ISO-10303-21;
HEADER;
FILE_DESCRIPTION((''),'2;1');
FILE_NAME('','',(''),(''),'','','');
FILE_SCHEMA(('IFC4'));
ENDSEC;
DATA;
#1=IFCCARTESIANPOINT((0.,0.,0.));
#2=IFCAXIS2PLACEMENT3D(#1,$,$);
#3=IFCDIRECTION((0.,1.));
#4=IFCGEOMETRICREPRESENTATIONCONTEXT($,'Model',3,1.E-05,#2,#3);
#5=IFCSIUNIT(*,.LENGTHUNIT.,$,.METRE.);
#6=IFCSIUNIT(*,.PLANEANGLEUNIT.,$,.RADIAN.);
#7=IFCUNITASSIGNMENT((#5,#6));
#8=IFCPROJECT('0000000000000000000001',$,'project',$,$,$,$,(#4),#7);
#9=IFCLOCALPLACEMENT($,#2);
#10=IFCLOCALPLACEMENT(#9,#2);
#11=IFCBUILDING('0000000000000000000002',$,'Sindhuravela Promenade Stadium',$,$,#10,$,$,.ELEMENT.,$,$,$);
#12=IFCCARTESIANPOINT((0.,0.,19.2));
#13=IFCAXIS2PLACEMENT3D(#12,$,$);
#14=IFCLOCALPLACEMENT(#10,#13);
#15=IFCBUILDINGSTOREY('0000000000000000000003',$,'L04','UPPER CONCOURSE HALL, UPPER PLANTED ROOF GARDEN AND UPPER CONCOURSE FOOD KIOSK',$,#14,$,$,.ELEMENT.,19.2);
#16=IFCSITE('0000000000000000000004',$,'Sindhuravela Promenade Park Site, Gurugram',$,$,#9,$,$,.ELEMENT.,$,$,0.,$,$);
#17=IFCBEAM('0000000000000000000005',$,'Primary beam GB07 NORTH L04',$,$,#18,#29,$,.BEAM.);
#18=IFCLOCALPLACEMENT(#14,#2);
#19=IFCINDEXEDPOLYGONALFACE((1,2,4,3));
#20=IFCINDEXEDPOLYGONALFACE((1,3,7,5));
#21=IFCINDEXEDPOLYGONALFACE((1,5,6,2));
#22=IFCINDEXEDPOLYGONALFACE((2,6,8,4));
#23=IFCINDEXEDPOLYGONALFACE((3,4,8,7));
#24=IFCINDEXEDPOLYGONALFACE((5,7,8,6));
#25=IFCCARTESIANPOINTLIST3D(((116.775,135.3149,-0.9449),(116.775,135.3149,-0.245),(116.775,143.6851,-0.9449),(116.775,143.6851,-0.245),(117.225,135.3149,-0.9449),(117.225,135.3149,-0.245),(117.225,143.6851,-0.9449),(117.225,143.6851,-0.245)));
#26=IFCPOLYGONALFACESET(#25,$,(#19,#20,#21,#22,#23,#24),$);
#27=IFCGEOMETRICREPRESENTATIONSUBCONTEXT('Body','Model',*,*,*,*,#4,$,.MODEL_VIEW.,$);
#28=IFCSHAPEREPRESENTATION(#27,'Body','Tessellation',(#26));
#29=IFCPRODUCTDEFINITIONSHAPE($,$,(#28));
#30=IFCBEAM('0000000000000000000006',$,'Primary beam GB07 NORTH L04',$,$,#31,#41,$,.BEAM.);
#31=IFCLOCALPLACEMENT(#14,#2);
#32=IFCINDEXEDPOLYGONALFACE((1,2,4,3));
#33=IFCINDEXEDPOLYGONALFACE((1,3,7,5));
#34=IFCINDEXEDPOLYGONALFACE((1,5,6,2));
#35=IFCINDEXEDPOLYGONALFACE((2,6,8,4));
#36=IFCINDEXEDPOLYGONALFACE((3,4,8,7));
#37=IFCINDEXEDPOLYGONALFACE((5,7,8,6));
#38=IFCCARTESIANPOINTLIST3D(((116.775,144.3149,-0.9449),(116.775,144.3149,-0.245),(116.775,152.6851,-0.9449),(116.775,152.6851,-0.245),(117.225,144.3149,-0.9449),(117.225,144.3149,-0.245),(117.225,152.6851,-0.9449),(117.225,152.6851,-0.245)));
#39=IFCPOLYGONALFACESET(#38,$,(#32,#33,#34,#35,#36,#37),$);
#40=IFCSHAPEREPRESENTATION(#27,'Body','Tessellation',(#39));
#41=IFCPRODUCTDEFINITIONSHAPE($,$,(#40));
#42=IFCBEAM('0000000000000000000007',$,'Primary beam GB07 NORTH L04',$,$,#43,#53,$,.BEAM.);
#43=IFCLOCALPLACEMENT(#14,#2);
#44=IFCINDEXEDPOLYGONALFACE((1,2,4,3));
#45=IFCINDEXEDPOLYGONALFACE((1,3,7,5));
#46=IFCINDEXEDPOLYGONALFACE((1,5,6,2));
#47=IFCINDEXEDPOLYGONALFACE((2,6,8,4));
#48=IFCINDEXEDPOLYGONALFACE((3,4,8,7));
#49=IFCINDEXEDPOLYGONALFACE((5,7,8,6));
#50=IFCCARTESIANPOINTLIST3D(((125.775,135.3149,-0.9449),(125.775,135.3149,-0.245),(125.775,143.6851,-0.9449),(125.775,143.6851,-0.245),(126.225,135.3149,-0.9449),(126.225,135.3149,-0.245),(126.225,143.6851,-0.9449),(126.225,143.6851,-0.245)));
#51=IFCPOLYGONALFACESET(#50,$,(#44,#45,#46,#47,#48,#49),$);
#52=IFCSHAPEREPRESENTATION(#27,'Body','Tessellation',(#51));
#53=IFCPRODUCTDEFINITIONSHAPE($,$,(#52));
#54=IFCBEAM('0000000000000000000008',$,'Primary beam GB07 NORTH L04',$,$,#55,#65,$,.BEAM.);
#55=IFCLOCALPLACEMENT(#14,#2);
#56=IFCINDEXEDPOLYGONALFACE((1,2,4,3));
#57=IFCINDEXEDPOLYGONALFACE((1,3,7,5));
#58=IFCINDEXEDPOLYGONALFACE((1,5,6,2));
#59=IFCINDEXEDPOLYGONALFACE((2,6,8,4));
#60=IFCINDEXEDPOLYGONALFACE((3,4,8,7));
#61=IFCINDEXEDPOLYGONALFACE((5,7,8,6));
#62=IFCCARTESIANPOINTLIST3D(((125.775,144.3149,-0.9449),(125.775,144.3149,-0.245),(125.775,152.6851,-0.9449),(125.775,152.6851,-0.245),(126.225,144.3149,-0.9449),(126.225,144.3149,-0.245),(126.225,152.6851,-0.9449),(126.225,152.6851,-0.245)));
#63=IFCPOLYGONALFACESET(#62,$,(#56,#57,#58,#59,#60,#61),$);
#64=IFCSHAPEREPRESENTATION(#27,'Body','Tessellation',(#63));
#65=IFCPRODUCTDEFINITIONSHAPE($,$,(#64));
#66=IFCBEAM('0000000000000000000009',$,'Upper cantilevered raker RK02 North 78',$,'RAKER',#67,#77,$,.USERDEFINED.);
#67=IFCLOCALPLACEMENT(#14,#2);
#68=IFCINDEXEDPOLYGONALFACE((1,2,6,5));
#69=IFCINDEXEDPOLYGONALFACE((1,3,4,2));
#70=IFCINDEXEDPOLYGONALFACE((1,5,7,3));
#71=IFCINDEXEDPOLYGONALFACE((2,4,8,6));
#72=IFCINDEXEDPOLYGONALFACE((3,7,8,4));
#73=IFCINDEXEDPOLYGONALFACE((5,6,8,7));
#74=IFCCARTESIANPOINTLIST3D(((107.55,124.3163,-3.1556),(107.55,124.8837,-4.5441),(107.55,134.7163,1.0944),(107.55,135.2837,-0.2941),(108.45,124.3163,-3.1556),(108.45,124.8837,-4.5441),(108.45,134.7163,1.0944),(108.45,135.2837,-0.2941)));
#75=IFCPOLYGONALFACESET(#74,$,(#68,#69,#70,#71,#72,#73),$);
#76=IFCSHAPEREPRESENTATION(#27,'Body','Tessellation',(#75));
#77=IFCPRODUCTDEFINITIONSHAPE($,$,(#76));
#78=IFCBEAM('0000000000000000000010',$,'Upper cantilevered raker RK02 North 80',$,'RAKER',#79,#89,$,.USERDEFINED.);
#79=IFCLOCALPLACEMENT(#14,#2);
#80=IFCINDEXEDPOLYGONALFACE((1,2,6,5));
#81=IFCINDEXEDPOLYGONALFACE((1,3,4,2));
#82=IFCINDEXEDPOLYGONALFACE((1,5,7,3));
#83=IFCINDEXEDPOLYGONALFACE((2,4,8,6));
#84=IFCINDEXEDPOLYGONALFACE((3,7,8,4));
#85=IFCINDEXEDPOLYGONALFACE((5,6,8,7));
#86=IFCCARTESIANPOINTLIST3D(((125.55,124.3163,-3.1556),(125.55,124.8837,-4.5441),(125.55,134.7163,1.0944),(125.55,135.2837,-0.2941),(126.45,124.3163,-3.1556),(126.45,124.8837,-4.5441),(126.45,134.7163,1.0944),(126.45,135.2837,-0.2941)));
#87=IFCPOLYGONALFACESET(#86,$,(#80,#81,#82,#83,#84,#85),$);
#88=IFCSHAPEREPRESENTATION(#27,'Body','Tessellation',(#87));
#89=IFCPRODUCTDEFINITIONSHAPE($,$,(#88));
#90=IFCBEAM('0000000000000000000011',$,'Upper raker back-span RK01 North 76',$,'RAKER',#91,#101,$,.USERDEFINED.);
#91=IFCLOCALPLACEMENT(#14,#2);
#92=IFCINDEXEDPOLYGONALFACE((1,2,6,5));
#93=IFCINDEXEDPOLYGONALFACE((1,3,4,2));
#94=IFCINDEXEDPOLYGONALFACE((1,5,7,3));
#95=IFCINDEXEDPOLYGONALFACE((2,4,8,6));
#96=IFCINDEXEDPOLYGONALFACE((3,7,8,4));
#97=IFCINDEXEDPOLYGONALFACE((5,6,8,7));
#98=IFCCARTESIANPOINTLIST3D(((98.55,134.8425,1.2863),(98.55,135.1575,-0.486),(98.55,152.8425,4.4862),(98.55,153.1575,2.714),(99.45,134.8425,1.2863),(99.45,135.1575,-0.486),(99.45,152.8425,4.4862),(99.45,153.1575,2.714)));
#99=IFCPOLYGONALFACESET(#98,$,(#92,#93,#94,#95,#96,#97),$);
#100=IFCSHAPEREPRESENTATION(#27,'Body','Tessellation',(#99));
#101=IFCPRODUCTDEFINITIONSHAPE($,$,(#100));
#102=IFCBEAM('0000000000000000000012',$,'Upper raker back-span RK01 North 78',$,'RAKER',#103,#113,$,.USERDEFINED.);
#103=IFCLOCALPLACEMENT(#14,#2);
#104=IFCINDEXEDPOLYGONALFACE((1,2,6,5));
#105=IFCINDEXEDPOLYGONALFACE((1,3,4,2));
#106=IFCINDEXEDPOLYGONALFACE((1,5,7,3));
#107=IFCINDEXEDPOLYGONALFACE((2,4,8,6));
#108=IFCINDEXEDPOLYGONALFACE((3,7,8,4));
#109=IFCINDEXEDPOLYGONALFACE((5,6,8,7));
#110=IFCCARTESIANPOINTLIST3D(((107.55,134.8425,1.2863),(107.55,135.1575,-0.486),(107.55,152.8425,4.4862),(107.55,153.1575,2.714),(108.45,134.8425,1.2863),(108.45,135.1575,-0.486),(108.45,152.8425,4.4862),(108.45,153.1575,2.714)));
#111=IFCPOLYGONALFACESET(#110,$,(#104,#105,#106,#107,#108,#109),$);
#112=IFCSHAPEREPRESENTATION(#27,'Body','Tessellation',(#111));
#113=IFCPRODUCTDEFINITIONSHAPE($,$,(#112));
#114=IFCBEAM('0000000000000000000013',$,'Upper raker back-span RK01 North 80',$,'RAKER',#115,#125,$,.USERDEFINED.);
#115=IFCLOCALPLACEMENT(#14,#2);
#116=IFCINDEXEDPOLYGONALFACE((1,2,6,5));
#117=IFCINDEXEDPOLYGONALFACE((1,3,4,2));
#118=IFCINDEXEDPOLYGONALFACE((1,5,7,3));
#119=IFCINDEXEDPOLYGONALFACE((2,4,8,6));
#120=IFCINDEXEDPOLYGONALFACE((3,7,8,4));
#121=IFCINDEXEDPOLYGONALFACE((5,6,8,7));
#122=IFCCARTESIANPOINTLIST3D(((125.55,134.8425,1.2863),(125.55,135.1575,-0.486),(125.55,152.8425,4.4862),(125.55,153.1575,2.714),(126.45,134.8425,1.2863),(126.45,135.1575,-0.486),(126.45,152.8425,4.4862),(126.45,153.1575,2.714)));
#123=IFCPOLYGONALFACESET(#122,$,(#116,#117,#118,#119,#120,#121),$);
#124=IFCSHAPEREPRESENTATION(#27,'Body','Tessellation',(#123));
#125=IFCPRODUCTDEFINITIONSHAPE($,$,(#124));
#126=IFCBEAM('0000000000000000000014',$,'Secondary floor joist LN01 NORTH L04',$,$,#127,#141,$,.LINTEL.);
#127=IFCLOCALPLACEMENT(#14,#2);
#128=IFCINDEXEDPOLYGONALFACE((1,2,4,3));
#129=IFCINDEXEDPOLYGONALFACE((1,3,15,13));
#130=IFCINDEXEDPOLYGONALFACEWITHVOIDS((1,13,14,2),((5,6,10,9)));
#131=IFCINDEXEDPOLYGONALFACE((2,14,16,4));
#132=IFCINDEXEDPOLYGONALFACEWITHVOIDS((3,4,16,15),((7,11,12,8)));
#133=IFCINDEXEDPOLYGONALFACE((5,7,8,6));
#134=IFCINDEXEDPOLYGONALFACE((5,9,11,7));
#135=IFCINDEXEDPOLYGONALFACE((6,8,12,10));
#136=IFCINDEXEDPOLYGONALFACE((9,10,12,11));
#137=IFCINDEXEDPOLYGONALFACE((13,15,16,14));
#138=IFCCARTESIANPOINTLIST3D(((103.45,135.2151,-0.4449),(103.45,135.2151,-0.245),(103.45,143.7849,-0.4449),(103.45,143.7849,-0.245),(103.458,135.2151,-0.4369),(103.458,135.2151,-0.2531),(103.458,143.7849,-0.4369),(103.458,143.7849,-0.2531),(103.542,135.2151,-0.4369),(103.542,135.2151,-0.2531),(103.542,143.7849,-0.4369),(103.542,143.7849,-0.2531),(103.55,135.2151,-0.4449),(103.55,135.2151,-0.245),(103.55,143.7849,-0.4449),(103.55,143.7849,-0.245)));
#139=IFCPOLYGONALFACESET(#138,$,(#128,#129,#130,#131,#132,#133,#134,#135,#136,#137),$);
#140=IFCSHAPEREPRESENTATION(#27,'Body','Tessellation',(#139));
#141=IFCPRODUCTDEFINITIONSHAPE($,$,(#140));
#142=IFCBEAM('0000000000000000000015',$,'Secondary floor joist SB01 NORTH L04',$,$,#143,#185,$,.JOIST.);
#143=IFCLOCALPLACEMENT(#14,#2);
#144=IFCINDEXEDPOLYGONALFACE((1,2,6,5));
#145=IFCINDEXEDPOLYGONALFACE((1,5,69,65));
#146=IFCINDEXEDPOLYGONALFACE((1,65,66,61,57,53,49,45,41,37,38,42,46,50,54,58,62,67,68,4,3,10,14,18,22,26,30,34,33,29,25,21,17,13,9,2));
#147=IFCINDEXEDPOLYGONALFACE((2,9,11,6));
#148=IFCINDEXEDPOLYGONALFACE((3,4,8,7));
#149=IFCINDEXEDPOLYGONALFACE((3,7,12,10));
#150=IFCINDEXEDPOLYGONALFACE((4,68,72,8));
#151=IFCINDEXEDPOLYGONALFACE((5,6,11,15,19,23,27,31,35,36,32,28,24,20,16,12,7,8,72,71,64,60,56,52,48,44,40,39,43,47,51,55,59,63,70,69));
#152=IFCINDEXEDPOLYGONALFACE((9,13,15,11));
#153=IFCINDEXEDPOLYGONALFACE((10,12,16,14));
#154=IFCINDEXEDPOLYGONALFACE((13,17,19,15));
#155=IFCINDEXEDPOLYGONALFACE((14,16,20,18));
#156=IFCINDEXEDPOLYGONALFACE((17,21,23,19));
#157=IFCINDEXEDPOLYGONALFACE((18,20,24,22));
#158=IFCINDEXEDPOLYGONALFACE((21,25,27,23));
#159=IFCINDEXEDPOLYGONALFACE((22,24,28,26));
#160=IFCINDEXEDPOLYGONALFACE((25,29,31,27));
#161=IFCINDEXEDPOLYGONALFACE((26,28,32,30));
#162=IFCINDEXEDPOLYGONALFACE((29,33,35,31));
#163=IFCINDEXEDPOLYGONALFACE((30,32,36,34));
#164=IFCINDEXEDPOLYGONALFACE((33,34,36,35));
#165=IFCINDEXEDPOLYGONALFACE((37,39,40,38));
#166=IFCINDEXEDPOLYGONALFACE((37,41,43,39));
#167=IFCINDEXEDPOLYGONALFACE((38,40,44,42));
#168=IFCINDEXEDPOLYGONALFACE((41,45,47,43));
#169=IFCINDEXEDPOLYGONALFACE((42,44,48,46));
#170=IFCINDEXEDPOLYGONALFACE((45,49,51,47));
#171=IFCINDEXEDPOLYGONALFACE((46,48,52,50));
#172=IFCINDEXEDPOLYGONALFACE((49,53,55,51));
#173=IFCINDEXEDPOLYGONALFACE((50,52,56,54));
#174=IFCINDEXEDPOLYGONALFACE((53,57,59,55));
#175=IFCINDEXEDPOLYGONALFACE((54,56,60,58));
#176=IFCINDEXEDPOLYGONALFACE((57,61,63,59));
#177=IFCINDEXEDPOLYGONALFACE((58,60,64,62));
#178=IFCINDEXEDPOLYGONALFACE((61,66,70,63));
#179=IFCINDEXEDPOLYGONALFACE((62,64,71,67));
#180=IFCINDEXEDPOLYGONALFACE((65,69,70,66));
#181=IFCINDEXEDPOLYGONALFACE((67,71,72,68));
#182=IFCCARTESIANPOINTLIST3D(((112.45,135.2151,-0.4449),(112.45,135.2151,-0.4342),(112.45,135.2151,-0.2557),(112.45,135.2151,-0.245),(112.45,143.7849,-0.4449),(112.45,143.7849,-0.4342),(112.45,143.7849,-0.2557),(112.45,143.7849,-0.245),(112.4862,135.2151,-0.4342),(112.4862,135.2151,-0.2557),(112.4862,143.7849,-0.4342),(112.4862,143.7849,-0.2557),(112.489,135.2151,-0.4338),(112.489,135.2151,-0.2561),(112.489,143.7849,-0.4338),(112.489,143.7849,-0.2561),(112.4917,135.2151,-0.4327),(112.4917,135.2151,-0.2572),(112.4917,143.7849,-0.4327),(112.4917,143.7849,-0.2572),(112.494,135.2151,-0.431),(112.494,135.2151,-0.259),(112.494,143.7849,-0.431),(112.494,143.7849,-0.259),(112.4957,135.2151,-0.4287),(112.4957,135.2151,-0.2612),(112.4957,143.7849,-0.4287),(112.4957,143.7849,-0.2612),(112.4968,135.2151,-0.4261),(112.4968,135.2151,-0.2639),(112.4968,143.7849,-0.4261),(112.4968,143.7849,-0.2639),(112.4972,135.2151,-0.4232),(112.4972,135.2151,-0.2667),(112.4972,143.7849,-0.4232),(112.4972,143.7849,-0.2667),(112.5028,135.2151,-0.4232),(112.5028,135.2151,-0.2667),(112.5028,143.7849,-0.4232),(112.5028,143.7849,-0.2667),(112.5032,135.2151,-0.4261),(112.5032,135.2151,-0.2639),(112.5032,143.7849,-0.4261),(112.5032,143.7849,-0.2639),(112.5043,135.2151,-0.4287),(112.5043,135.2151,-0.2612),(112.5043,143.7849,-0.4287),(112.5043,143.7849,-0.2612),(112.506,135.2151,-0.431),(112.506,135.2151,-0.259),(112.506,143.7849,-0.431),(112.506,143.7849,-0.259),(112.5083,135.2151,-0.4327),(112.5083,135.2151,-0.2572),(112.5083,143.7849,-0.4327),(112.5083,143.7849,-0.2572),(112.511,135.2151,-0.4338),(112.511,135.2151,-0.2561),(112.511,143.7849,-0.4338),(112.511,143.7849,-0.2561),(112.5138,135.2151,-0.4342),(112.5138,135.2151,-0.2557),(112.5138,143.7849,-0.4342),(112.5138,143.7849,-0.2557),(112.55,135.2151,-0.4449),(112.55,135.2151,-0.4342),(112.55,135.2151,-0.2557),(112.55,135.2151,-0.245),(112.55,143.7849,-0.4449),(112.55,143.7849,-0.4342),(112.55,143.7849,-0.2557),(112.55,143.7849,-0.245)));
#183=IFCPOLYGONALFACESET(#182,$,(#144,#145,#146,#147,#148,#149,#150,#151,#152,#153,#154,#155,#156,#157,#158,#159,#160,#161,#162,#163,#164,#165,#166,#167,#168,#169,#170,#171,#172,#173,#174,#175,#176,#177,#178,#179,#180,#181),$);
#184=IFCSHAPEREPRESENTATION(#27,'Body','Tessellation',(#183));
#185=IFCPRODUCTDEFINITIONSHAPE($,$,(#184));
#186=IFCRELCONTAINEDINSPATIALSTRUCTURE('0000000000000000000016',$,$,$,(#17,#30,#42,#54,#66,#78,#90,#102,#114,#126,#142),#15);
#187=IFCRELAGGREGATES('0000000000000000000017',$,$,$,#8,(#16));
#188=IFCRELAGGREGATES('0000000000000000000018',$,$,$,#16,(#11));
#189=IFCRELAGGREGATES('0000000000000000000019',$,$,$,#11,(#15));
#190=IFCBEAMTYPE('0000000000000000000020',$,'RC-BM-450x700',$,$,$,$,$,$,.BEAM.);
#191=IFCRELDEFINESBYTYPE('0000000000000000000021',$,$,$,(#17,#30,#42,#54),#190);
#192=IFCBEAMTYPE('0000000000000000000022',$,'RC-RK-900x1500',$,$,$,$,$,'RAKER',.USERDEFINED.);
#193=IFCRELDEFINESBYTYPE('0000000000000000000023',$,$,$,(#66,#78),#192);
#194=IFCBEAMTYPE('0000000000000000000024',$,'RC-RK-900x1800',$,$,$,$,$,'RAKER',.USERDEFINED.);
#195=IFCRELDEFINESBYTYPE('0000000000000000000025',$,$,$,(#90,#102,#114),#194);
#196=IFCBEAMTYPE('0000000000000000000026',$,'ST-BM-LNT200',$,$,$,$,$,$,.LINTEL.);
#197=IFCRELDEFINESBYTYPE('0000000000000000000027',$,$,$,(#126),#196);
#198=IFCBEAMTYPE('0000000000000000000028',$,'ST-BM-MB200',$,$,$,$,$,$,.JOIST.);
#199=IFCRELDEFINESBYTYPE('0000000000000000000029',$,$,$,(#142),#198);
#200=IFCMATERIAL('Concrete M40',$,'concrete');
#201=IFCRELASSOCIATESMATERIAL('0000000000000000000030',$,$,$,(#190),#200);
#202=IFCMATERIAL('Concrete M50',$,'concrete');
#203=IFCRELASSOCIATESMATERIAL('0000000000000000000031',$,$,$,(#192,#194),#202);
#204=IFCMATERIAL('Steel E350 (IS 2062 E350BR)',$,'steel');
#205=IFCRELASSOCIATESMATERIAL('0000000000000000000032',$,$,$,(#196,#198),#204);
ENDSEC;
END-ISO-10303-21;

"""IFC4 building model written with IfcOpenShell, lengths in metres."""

from ifc_helpers import new_model, si_unit, direction, frame, origin, origin_2d, place, context, subcontext, project, spatial, rectangle, hollow_rectangle, i_section, extrude, material, material_profile, profile_set, type_object, element, save


model = new_model("IFC4")

# Units and contexts
model_context = context("Model", 3, precision=1e-05, world=origin(), true_north=direction((0.0, 1.0)))
body_context = subcontext(model_context, "Body", "Model", "MODEL_VIEW")
ifc_project = project(units=[si_unit("LENGTHUNIT", "METRE"), si_unit("PLANEANGLEUNIT", "RADIAN")], contexts=[model_context])

# Site, building, storey
site_placement = place(None, origin())
site = spatial("IfcSite", under=ifc_project, at=site_placement, Name="Sindhuravela Promenade Park Site, Gurugram", CompositionType="ELEMENT", RefElevation=0.0)
building_placement = place(site_placement, origin())
building = spatial("IfcBuilding", under=site, at=building_placement, Name="Sindhuravela Promenade Stadium", CompositionType="ELEMENT")
storey_placement = place(building_placement, frame((0.0, 0.0, 19.2)))
storey = spatial("IfcBuildingStorey", under=building, at=storey_placement, Name="L04", Description="UPPER CONCOURSE HALL, UPPER PLANTED ROOF GARDEN AND UPPER CONCOURSE FOOD KIOSK", CompositionType="ELEMENT", Elevation=19.2)

# Shared definitions
ifc_material_1 = material(Name="Steel E350 (IS 2062 E350BR)", Category="steel")

# Beams
ifc_material_2 = material(Name="Concrete M40", Category="concrete")
ifc_material_profile_1 = material_profile(ifc_material_2, rectangle(XDim=0.45, YDim=0.7, at=origin_2d()), Name="RC 450x700")
ifc_profile_set_1 = profile_set([ifc_material_profile_1], Name="Concrete M40")
beam_type_1 = type_object("IfcBeamType", Name="RC-BM-450x700", PredefinedType="BEAM", material=ifc_profile_set_1)
for number, where, z_axis, x_axis, name in (
    (1, (117.0, 135.3149, -0.595), (0.0, 1.0, 0.0), (-1.0, 0.0, 0.0), "Primary beam GB07 NORTH L04"),
    (2, (117.0, 144.3149, -0.595), (0.0, 1.0, 0.0), (-1.0, 0.0, 0.0), "Primary beam GB07 NORTH L04"),
    (3, (126.0, 135.3149, -0.595), (0.0, 1.0, 0.0), (-1.0, 0.0, 0.0), "Primary beam GB07 NORTH L04"),
    (4, (126.0, 144.3149, -0.595), (0.0, 1.0, 0.0), (-1.0, 0.0, 0.0), "Primary beam GB07 NORTH L04"),
):
    element("IfcBeam", number, at=place(storey_placement, frame(where, z_axis=z_axis, x_axis=x_axis)), inside=storey, type_object=beam_type_1, Name=name, PredefinedType="BEAM", context=body_context, shape_type="SweptSolid", body=[
        extrude(rectangle(XDim=0.45, YDim=0.7, at=origin_2d()), origin(), (0.0, 0.0, 1.0), 8.3701),
    ])
ifc_material_3 = material(Name="Concrete M50", Category="concrete")
ifc_material_profile_2 = material_profile(ifc_material_3, rectangle(XDim=0.8999, YDim=1.5, at=origin_2d()), Name="RC 900x1500")
ifc_profile_set_2 = profile_set([ifc_material_profile_2], Name="Concrete M50")
beam_type_2 = type_object("IfcBeamType", Name="RC-RK-900x1500", ElementType="RAKER", PredefinedType="USERDEFINED", material=ifc_profile_set_2)
for number, where, z_axis, x_axis, name in (
    (5, (108.0, 135.0, 0.4001), (0.0, -0.925687, -0.378289), (1.0, 0.0, 0.0), "Upper cantilevered raker RK02 North 78"),
    (6, (126.0, 135.0, 0.4001), (0.0, -0.925687, -0.378289), (1.0, 0.0, 0.0), "Upper cantilevered raker RK02 North 80"),
):
    element("IfcBeam", number, at=place(storey_placement, frame(where, z_axis=z_axis, x_axis=x_axis)), inside=storey, type_object=beam_type_2, Name=name, ObjectType="RAKER", PredefinedType="USERDEFINED", context=body_context, shape_type="SweptSolid", body=[
        extrude(rectangle(XDim=0.8999, YDim=1.5, at=origin_2d()), origin(), (0.0, 0.0, 1.0), 11.2349),
    ])
ifc_material_profile_3 = material_profile(ifc_material_3, rectangle(XDim=0.8999, YDim=1.8, at=origin_2d()), Name="RC 900x1800")
ifc_profile_set_3 = profile_set([ifc_material_profile_3], Name="Concrete M50")
beam_type_3 = type_object("IfcBeamType", Name="RC-RK-900x1800", ElementType="RAKER", PredefinedType="USERDEFINED", material=ifc_profile_set_3)
for number, where, z_axis, x_axis, name in (
    (7, (99.0, 153.0, 3.6001), (0.0, -0.984563, -0.175031), (1.0, 0.0, 0.0), "Upper raker back-span RK01 North 76"),
    (8, (108.0, 153.0, 3.6001), (0.0, -0.984563, -0.175031), (1.0, 0.0, 0.0), "Upper raker back-span RK01 North 78"),
    (9, (126.0, 153.0, 3.6001), (0.0, -0.984563, -0.175031), (1.0, 0.0, 0.0), "Upper raker back-span RK01 North 80"),
):
    element("IfcBeam", number, at=place(storey_placement, frame(where, z_axis=z_axis, x_axis=x_axis)), inside=storey, type_object=beam_type_3, Name=name, ObjectType="RAKER", PredefinedType="USERDEFINED", context=body_context, shape_type="SweptSolid", body=[
        extrude(rectangle(XDim=0.8999, YDim=1.8, at=origin_2d()), origin(), (0.0, 0.0, 1.0), 18.2822),
    ])
ifc_material_profile_4 = material_profile(ifc_material_1, hollow_rectangle(XDim=0.1001, YDim=0.2, WallThickness=0.0081, at=origin_2d()), Name="RHS 200x100x8")
ifc_profile_set_4 = profile_set([ifc_material_profile_4], Name="Steel E350 (IS 2062 E350BR)")
beam_type_4 = type_object("IfcBeamType", Name="ST-BM-LNT200", PredefinedType="LINTEL", material=ifc_profile_set_4)
beam_1_placement = place(storey_placement, frame((103.5, 135.2151, -0.345), z_axis=(0.0, 1.0, 0.0), x_axis=(-1.0, 0.0, 0.0)))
element("IfcBeam", 10, at=beam_1_placement, inside=storey, type_object=beam_type_4, Name="Secondary floor joist LN01 NORTH L04", PredefinedType="LINTEL", context=body_context, shape_type="SweptSolid", body=[
    extrude(hollow_rectangle(XDim=0.1001, YDim=0.2, WallThickness=0.0081, at=origin_2d()), origin(), (0.0, 0.0, 1.0), 8.5698),
])
ifc_material_profile_5 = material_profile(ifc_material_1, i_section(OverallWidth=0.1001, OverallDepth=0.2, WebThickness=0.0056, FlangeThickness=0.0107, FilletRadius=0.011, at=origin_2d()), Name="ISMB 200")
ifc_profile_set_5 = profile_set([ifc_material_profile_5], Name="Steel E350 (IS 2062 E350BR)")
beam_type_5 = type_object("IfcBeamType", Name="ST-BM-MB200", PredefinedType="JOIST", material=ifc_profile_set_5)
for number, where, z_axis, x_axis, name in (
    (11, (112.5, 135.2151, -0.345), (0.0, 1.0, 0.0), (-1.0, 0.0, 0.0), "Secondary floor joist SB01 NORTH L04"),
):
    element("IfcBeam", number, at=place(storey_placement, frame(where, z_axis=z_axis, x_axis=x_axis)), inside=storey, type_object=beam_type_5, Name=name, PredefinedType="JOIST", context=body_context, shape_type="SweptSolid", body=[
        extrude(i_section(OverallWidth=0.1001, OverallDepth=0.2, WebThickness=0.0056, FlangeThickness=0.0107, FilletRadius=0.011, at=origin_2d()), origin(), (0.0, 0.0, 1.0), 8.5698),
    ])

save(model, "model.ifc")
